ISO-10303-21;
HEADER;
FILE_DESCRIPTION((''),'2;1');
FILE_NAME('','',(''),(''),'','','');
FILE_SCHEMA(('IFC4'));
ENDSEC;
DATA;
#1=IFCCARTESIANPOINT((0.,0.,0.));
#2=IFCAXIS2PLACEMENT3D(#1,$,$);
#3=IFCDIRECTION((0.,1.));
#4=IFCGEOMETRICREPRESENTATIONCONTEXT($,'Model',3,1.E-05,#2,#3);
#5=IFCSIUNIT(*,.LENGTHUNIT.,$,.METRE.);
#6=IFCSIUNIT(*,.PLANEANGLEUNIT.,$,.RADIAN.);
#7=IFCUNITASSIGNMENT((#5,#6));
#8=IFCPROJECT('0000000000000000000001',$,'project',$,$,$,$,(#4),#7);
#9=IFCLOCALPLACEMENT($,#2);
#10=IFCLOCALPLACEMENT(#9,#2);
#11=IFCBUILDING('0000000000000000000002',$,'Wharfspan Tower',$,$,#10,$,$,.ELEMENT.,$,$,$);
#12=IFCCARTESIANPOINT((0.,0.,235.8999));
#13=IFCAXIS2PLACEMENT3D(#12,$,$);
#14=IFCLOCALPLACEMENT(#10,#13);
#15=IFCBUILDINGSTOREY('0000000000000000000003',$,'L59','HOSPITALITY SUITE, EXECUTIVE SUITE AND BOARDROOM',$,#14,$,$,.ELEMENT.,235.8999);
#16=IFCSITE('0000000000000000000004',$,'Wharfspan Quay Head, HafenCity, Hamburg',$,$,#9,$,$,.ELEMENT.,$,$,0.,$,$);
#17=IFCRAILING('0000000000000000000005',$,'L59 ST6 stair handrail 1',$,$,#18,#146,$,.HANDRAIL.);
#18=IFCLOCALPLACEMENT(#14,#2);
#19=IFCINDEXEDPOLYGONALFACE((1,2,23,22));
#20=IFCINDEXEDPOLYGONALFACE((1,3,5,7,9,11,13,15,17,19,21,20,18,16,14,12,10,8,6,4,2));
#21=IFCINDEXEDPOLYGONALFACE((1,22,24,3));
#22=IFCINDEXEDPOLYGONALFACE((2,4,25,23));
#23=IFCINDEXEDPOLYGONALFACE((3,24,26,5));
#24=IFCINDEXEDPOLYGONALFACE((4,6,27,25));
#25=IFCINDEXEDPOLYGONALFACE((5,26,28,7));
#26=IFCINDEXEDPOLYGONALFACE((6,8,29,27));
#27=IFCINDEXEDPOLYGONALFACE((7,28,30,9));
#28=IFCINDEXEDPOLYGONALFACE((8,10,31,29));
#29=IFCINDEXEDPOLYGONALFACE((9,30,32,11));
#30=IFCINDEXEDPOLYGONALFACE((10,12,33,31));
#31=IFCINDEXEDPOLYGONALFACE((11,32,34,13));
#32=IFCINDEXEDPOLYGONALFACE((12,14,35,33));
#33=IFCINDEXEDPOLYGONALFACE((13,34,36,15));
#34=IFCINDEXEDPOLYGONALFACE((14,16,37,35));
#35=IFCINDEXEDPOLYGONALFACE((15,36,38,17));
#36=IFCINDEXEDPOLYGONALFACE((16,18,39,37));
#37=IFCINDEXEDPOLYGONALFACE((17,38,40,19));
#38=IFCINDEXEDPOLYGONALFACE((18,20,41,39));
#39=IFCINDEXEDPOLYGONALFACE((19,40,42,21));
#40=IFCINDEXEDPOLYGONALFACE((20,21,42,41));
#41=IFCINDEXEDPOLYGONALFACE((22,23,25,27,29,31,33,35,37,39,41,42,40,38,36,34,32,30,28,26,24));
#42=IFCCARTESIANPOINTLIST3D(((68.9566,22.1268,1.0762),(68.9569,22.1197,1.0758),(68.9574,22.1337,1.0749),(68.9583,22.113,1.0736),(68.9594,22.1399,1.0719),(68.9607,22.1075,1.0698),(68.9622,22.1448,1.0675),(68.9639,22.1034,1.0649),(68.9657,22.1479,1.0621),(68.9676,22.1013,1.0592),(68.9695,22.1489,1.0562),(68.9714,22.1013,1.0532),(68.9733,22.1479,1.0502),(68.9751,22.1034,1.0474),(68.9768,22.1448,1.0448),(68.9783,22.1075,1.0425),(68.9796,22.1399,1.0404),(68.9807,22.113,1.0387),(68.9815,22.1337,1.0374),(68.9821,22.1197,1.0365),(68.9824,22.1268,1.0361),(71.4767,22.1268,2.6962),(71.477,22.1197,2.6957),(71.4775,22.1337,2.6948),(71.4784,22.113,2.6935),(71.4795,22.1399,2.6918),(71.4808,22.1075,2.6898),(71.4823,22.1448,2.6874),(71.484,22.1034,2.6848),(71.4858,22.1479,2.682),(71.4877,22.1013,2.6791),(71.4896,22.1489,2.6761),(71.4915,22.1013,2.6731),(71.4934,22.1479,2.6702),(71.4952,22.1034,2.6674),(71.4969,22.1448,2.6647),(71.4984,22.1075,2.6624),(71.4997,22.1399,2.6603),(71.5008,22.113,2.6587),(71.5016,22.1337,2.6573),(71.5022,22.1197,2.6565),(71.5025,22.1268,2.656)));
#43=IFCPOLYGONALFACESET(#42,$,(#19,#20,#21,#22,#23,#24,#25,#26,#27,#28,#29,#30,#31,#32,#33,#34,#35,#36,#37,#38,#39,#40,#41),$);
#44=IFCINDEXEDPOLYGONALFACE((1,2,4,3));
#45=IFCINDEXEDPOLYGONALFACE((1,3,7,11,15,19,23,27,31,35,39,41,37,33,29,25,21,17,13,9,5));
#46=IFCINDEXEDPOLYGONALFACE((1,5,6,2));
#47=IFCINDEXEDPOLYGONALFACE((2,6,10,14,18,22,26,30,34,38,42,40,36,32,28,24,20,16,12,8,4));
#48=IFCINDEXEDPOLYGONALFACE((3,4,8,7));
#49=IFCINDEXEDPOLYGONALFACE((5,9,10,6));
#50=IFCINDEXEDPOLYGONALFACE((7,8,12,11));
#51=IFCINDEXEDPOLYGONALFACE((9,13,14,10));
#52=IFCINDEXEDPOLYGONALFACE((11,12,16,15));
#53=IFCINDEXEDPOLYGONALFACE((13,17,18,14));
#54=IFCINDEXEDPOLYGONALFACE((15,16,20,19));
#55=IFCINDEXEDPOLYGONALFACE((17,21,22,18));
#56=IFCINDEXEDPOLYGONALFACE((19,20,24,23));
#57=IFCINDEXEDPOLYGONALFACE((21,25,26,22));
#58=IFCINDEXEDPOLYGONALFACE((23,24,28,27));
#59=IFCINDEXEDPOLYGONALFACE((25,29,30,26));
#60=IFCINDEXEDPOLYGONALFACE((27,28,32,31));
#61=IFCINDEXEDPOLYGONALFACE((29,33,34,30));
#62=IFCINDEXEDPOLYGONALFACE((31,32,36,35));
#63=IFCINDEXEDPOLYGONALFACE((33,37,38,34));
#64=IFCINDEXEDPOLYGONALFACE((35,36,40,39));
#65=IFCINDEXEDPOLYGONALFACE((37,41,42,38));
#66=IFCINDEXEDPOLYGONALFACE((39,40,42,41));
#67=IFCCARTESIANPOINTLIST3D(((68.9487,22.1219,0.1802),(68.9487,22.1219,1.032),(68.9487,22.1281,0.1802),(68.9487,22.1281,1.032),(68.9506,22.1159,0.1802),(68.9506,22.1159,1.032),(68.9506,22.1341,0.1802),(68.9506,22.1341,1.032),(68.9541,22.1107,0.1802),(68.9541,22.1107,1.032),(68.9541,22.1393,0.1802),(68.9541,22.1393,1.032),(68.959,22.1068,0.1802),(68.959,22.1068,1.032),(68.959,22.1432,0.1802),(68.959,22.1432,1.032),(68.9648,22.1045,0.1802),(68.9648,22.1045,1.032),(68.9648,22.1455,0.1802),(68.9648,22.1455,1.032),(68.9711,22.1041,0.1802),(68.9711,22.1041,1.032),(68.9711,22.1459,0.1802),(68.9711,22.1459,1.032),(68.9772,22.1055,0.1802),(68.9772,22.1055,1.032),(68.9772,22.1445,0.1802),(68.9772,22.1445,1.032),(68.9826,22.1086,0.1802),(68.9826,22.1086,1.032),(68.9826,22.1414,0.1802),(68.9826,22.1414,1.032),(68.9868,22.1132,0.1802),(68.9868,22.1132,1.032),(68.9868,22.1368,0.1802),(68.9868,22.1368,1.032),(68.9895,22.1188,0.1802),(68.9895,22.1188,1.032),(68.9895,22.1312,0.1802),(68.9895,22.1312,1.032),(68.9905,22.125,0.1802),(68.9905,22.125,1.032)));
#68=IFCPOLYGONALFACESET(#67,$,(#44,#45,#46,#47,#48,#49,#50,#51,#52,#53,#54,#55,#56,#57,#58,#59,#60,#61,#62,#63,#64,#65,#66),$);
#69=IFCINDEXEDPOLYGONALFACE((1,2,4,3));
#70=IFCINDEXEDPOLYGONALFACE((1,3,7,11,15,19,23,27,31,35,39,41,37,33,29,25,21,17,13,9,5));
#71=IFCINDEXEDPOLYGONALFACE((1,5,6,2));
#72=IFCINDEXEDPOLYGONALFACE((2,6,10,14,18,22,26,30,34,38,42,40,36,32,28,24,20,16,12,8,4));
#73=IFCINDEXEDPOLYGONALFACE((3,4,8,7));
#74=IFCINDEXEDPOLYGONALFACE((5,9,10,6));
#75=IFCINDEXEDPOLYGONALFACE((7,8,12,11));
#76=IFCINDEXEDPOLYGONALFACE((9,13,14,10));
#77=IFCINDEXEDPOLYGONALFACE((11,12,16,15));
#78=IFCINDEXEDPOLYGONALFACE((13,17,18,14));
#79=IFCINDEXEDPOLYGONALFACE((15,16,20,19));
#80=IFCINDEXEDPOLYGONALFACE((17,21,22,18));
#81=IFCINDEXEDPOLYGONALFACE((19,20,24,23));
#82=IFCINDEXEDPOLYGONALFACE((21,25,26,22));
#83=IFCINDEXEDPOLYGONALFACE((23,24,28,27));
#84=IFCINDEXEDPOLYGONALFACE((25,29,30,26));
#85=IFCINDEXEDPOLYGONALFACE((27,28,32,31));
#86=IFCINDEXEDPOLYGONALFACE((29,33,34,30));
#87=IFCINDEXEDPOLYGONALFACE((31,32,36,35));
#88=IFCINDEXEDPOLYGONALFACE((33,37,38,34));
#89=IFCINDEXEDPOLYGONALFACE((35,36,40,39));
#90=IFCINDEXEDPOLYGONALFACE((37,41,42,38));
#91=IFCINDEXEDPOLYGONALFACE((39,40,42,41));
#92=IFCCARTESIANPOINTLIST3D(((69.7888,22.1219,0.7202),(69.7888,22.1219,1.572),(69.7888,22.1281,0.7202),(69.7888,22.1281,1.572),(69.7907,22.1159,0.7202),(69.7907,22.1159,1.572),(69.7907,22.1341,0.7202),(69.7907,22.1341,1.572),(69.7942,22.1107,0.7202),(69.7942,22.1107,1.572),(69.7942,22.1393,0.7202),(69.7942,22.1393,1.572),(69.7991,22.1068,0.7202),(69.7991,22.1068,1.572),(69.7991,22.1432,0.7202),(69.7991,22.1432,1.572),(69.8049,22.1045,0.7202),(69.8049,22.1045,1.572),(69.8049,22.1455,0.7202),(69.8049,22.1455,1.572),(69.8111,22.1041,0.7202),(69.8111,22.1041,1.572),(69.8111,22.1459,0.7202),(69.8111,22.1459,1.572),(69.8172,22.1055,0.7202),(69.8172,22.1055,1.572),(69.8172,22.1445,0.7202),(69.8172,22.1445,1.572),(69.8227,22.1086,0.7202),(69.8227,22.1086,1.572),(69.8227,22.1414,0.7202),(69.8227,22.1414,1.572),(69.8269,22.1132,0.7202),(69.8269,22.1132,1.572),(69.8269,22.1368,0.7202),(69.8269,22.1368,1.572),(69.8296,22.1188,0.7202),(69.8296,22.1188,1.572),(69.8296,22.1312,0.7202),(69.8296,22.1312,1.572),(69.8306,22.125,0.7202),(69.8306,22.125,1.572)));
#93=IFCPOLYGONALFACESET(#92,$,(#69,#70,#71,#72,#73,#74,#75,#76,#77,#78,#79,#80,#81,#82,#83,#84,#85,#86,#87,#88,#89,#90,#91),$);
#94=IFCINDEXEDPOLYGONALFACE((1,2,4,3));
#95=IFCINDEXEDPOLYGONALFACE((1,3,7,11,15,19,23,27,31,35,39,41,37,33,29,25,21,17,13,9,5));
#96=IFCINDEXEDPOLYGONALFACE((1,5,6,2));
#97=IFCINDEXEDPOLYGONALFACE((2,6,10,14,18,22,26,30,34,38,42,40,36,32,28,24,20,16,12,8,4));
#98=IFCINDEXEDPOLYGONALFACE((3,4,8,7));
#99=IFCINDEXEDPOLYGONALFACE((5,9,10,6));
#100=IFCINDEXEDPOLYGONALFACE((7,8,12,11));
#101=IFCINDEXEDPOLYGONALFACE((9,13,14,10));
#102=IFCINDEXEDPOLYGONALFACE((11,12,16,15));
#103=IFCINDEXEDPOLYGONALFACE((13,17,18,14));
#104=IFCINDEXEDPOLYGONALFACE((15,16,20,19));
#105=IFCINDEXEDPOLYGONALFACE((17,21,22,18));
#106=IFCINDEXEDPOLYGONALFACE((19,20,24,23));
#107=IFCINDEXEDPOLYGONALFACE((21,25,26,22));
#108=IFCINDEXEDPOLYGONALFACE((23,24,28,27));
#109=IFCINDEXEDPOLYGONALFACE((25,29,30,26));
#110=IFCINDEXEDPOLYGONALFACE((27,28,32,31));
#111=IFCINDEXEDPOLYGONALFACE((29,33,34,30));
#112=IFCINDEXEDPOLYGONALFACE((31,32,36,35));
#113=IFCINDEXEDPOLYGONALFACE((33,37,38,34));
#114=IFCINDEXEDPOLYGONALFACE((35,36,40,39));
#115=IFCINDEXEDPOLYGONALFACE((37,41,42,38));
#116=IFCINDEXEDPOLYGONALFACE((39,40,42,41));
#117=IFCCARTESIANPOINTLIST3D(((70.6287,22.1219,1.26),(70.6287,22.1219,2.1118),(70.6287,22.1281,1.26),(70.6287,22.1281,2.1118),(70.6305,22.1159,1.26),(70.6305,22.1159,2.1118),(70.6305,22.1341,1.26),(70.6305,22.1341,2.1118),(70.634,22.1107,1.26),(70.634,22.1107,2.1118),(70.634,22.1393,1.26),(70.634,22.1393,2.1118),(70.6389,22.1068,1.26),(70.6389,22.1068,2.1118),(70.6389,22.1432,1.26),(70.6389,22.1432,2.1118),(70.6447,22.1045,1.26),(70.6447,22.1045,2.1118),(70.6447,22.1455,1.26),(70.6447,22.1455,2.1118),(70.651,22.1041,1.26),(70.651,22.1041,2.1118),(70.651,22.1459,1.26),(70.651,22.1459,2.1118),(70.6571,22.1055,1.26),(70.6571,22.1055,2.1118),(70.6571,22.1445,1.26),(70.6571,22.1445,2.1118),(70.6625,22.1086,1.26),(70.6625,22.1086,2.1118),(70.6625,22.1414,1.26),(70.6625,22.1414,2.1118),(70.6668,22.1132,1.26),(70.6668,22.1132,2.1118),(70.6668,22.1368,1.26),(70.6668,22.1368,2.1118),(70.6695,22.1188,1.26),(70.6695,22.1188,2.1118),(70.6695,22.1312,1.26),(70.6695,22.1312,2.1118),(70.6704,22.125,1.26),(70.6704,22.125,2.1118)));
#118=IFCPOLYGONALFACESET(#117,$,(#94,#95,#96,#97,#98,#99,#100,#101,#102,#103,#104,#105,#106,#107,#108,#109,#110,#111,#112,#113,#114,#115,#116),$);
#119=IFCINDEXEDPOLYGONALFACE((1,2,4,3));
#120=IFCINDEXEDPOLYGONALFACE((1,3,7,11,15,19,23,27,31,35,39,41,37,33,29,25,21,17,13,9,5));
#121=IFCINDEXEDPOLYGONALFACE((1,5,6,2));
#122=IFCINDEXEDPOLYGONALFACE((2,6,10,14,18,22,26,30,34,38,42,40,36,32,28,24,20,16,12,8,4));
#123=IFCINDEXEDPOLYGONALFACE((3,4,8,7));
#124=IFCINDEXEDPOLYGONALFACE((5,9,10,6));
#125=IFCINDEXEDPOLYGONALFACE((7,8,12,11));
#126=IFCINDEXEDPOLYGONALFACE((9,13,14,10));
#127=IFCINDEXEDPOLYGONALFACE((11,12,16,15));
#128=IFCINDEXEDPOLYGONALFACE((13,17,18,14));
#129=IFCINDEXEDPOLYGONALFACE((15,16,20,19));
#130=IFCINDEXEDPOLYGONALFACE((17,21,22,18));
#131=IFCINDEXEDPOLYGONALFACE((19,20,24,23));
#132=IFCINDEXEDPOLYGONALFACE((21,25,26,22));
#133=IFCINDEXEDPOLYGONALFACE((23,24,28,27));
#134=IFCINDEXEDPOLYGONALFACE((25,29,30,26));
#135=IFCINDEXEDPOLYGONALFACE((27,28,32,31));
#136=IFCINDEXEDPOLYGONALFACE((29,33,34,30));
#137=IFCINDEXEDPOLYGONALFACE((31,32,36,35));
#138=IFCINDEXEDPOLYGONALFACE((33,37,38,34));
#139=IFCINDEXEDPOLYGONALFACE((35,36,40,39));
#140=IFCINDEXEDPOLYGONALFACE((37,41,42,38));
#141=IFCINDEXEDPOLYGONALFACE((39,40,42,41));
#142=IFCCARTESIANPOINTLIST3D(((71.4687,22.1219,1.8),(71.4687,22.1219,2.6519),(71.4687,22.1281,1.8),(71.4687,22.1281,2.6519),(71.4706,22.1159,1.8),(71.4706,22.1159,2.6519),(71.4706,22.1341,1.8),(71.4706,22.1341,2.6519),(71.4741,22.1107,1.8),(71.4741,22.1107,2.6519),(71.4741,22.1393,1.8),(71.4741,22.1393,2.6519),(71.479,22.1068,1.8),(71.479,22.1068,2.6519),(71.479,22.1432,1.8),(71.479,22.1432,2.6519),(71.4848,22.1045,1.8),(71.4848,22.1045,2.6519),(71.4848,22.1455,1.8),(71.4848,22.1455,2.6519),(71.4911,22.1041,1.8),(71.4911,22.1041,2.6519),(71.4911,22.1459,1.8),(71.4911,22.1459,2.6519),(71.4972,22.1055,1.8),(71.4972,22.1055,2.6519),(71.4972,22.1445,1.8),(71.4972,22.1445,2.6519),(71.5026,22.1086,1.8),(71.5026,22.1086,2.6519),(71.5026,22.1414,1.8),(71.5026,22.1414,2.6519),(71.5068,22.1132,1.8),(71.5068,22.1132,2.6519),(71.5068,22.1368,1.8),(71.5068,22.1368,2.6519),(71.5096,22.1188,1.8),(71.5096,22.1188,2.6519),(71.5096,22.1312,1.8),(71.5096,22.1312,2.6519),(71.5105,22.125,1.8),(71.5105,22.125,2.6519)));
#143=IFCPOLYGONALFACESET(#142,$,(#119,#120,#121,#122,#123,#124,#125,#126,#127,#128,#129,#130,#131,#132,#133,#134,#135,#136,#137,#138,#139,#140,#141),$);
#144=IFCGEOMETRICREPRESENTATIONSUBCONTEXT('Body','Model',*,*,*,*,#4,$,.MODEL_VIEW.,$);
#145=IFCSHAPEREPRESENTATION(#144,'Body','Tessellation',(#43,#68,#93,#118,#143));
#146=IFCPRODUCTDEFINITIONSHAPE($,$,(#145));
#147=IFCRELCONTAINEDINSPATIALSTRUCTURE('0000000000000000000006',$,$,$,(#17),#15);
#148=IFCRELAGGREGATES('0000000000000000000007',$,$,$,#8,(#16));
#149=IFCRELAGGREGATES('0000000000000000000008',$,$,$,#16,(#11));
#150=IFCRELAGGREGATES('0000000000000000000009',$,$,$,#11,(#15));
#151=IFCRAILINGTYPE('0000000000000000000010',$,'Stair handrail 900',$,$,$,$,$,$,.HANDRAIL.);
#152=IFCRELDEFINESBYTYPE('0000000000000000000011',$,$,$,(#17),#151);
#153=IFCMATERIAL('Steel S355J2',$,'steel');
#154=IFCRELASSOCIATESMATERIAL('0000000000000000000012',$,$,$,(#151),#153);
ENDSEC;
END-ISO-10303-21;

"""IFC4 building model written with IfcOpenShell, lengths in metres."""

from ifc_helpers import new_model, si_unit, direction, frame, origin, origin_2d, place, context, subcontext, project, spatial, circle, extrude, material, type_object, element, save


model = new_model("IFC4")

# Units and contexts
model_context = context("Model", 3, precision=1e-05, world=origin(), true_north=direction((0.0, 1.0)))
body_context = subcontext(model_context, "Body", "Model", "MODEL_VIEW")
ifc_project = project(units=[si_unit("LENGTHUNIT", "METRE"), si_unit("PLANEANGLEUNIT", "RADIAN")], contexts=[model_context])

# Site, building, storey
site_placement = place(None, origin())
site = spatial("IfcSite", under=ifc_project, at=site_placement, Name="Wharfspan Quay Head, HafenCity, Hamburg", CompositionType="ELEMENT", RefElevation=0.0)
building_placement = place(site_placement, origin())
building = spatial("IfcBuilding", under=site, at=building_placement, Name="Wharfspan Tower", CompositionType="ELEMENT")
storey_placement = place(building_placement, frame((0.0, 0.0, 235.8999)))
storey = spatial("IfcBuildingStorey", under=building, at=storey_placement, Name="L59", Description="HOSPITALITY SUITE, EXECUTIVE SUITE AND BOARDROOM", CompositionType="ELEMENT", Elevation=235.8999)

# Railing
ifc_material_1 = material(Name="Steel S355J2", Category="steel")
railing_type_1 = type_object("IfcRailingType", Name="Stair handrail 900", PredefinedType="HANDRAIL", material=ifc_material_1)
railing_1_placement = place(storey_placement, frame((68.9695, 22.125, 0.1802)))
element("IfcRailing", 1, at=railing_1_placement, inside=storey, type_object=railing_type_1, Name="L59 ST6 stair handrail 1", PredefinedType="HANDRAIL", context=body_context, shape_type="SweptSolid", body=[
    extrude(circle(Radius=0.0239, at=origin_2d()), frame((0.0, 0.0, 0.876), z_axis=(0.8412, 0.0, 0.540725), x_axis=(0.0, 1.0, 0.0)), (0.0, 0.0, 1.0), 2.9958),
    extrude(circle(Radius=0.021, at=origin_2d()), origin(), (0.0, 0.0, 1.0), 0.8518),
    extrude(circle(Radius=0.021, at=origin_2d()), frame((0.8401, 0.0, 0.54)), (0.0, 0.0, 1.0), 0.8518),
    extrude(circle(Radius=0.021, at=origin_2d()), frame((1.6799, 0.0, 1.0798)), (0.0, 0.0, 1.0), 0.8518),
    extrude(circle(Radius=0.021, at=origin_2d()), frame((2.52, 0.0, 1.6199)), (0.0, 0.0, 1.0), 0.8518),
])

save(model, "model.ifc")
